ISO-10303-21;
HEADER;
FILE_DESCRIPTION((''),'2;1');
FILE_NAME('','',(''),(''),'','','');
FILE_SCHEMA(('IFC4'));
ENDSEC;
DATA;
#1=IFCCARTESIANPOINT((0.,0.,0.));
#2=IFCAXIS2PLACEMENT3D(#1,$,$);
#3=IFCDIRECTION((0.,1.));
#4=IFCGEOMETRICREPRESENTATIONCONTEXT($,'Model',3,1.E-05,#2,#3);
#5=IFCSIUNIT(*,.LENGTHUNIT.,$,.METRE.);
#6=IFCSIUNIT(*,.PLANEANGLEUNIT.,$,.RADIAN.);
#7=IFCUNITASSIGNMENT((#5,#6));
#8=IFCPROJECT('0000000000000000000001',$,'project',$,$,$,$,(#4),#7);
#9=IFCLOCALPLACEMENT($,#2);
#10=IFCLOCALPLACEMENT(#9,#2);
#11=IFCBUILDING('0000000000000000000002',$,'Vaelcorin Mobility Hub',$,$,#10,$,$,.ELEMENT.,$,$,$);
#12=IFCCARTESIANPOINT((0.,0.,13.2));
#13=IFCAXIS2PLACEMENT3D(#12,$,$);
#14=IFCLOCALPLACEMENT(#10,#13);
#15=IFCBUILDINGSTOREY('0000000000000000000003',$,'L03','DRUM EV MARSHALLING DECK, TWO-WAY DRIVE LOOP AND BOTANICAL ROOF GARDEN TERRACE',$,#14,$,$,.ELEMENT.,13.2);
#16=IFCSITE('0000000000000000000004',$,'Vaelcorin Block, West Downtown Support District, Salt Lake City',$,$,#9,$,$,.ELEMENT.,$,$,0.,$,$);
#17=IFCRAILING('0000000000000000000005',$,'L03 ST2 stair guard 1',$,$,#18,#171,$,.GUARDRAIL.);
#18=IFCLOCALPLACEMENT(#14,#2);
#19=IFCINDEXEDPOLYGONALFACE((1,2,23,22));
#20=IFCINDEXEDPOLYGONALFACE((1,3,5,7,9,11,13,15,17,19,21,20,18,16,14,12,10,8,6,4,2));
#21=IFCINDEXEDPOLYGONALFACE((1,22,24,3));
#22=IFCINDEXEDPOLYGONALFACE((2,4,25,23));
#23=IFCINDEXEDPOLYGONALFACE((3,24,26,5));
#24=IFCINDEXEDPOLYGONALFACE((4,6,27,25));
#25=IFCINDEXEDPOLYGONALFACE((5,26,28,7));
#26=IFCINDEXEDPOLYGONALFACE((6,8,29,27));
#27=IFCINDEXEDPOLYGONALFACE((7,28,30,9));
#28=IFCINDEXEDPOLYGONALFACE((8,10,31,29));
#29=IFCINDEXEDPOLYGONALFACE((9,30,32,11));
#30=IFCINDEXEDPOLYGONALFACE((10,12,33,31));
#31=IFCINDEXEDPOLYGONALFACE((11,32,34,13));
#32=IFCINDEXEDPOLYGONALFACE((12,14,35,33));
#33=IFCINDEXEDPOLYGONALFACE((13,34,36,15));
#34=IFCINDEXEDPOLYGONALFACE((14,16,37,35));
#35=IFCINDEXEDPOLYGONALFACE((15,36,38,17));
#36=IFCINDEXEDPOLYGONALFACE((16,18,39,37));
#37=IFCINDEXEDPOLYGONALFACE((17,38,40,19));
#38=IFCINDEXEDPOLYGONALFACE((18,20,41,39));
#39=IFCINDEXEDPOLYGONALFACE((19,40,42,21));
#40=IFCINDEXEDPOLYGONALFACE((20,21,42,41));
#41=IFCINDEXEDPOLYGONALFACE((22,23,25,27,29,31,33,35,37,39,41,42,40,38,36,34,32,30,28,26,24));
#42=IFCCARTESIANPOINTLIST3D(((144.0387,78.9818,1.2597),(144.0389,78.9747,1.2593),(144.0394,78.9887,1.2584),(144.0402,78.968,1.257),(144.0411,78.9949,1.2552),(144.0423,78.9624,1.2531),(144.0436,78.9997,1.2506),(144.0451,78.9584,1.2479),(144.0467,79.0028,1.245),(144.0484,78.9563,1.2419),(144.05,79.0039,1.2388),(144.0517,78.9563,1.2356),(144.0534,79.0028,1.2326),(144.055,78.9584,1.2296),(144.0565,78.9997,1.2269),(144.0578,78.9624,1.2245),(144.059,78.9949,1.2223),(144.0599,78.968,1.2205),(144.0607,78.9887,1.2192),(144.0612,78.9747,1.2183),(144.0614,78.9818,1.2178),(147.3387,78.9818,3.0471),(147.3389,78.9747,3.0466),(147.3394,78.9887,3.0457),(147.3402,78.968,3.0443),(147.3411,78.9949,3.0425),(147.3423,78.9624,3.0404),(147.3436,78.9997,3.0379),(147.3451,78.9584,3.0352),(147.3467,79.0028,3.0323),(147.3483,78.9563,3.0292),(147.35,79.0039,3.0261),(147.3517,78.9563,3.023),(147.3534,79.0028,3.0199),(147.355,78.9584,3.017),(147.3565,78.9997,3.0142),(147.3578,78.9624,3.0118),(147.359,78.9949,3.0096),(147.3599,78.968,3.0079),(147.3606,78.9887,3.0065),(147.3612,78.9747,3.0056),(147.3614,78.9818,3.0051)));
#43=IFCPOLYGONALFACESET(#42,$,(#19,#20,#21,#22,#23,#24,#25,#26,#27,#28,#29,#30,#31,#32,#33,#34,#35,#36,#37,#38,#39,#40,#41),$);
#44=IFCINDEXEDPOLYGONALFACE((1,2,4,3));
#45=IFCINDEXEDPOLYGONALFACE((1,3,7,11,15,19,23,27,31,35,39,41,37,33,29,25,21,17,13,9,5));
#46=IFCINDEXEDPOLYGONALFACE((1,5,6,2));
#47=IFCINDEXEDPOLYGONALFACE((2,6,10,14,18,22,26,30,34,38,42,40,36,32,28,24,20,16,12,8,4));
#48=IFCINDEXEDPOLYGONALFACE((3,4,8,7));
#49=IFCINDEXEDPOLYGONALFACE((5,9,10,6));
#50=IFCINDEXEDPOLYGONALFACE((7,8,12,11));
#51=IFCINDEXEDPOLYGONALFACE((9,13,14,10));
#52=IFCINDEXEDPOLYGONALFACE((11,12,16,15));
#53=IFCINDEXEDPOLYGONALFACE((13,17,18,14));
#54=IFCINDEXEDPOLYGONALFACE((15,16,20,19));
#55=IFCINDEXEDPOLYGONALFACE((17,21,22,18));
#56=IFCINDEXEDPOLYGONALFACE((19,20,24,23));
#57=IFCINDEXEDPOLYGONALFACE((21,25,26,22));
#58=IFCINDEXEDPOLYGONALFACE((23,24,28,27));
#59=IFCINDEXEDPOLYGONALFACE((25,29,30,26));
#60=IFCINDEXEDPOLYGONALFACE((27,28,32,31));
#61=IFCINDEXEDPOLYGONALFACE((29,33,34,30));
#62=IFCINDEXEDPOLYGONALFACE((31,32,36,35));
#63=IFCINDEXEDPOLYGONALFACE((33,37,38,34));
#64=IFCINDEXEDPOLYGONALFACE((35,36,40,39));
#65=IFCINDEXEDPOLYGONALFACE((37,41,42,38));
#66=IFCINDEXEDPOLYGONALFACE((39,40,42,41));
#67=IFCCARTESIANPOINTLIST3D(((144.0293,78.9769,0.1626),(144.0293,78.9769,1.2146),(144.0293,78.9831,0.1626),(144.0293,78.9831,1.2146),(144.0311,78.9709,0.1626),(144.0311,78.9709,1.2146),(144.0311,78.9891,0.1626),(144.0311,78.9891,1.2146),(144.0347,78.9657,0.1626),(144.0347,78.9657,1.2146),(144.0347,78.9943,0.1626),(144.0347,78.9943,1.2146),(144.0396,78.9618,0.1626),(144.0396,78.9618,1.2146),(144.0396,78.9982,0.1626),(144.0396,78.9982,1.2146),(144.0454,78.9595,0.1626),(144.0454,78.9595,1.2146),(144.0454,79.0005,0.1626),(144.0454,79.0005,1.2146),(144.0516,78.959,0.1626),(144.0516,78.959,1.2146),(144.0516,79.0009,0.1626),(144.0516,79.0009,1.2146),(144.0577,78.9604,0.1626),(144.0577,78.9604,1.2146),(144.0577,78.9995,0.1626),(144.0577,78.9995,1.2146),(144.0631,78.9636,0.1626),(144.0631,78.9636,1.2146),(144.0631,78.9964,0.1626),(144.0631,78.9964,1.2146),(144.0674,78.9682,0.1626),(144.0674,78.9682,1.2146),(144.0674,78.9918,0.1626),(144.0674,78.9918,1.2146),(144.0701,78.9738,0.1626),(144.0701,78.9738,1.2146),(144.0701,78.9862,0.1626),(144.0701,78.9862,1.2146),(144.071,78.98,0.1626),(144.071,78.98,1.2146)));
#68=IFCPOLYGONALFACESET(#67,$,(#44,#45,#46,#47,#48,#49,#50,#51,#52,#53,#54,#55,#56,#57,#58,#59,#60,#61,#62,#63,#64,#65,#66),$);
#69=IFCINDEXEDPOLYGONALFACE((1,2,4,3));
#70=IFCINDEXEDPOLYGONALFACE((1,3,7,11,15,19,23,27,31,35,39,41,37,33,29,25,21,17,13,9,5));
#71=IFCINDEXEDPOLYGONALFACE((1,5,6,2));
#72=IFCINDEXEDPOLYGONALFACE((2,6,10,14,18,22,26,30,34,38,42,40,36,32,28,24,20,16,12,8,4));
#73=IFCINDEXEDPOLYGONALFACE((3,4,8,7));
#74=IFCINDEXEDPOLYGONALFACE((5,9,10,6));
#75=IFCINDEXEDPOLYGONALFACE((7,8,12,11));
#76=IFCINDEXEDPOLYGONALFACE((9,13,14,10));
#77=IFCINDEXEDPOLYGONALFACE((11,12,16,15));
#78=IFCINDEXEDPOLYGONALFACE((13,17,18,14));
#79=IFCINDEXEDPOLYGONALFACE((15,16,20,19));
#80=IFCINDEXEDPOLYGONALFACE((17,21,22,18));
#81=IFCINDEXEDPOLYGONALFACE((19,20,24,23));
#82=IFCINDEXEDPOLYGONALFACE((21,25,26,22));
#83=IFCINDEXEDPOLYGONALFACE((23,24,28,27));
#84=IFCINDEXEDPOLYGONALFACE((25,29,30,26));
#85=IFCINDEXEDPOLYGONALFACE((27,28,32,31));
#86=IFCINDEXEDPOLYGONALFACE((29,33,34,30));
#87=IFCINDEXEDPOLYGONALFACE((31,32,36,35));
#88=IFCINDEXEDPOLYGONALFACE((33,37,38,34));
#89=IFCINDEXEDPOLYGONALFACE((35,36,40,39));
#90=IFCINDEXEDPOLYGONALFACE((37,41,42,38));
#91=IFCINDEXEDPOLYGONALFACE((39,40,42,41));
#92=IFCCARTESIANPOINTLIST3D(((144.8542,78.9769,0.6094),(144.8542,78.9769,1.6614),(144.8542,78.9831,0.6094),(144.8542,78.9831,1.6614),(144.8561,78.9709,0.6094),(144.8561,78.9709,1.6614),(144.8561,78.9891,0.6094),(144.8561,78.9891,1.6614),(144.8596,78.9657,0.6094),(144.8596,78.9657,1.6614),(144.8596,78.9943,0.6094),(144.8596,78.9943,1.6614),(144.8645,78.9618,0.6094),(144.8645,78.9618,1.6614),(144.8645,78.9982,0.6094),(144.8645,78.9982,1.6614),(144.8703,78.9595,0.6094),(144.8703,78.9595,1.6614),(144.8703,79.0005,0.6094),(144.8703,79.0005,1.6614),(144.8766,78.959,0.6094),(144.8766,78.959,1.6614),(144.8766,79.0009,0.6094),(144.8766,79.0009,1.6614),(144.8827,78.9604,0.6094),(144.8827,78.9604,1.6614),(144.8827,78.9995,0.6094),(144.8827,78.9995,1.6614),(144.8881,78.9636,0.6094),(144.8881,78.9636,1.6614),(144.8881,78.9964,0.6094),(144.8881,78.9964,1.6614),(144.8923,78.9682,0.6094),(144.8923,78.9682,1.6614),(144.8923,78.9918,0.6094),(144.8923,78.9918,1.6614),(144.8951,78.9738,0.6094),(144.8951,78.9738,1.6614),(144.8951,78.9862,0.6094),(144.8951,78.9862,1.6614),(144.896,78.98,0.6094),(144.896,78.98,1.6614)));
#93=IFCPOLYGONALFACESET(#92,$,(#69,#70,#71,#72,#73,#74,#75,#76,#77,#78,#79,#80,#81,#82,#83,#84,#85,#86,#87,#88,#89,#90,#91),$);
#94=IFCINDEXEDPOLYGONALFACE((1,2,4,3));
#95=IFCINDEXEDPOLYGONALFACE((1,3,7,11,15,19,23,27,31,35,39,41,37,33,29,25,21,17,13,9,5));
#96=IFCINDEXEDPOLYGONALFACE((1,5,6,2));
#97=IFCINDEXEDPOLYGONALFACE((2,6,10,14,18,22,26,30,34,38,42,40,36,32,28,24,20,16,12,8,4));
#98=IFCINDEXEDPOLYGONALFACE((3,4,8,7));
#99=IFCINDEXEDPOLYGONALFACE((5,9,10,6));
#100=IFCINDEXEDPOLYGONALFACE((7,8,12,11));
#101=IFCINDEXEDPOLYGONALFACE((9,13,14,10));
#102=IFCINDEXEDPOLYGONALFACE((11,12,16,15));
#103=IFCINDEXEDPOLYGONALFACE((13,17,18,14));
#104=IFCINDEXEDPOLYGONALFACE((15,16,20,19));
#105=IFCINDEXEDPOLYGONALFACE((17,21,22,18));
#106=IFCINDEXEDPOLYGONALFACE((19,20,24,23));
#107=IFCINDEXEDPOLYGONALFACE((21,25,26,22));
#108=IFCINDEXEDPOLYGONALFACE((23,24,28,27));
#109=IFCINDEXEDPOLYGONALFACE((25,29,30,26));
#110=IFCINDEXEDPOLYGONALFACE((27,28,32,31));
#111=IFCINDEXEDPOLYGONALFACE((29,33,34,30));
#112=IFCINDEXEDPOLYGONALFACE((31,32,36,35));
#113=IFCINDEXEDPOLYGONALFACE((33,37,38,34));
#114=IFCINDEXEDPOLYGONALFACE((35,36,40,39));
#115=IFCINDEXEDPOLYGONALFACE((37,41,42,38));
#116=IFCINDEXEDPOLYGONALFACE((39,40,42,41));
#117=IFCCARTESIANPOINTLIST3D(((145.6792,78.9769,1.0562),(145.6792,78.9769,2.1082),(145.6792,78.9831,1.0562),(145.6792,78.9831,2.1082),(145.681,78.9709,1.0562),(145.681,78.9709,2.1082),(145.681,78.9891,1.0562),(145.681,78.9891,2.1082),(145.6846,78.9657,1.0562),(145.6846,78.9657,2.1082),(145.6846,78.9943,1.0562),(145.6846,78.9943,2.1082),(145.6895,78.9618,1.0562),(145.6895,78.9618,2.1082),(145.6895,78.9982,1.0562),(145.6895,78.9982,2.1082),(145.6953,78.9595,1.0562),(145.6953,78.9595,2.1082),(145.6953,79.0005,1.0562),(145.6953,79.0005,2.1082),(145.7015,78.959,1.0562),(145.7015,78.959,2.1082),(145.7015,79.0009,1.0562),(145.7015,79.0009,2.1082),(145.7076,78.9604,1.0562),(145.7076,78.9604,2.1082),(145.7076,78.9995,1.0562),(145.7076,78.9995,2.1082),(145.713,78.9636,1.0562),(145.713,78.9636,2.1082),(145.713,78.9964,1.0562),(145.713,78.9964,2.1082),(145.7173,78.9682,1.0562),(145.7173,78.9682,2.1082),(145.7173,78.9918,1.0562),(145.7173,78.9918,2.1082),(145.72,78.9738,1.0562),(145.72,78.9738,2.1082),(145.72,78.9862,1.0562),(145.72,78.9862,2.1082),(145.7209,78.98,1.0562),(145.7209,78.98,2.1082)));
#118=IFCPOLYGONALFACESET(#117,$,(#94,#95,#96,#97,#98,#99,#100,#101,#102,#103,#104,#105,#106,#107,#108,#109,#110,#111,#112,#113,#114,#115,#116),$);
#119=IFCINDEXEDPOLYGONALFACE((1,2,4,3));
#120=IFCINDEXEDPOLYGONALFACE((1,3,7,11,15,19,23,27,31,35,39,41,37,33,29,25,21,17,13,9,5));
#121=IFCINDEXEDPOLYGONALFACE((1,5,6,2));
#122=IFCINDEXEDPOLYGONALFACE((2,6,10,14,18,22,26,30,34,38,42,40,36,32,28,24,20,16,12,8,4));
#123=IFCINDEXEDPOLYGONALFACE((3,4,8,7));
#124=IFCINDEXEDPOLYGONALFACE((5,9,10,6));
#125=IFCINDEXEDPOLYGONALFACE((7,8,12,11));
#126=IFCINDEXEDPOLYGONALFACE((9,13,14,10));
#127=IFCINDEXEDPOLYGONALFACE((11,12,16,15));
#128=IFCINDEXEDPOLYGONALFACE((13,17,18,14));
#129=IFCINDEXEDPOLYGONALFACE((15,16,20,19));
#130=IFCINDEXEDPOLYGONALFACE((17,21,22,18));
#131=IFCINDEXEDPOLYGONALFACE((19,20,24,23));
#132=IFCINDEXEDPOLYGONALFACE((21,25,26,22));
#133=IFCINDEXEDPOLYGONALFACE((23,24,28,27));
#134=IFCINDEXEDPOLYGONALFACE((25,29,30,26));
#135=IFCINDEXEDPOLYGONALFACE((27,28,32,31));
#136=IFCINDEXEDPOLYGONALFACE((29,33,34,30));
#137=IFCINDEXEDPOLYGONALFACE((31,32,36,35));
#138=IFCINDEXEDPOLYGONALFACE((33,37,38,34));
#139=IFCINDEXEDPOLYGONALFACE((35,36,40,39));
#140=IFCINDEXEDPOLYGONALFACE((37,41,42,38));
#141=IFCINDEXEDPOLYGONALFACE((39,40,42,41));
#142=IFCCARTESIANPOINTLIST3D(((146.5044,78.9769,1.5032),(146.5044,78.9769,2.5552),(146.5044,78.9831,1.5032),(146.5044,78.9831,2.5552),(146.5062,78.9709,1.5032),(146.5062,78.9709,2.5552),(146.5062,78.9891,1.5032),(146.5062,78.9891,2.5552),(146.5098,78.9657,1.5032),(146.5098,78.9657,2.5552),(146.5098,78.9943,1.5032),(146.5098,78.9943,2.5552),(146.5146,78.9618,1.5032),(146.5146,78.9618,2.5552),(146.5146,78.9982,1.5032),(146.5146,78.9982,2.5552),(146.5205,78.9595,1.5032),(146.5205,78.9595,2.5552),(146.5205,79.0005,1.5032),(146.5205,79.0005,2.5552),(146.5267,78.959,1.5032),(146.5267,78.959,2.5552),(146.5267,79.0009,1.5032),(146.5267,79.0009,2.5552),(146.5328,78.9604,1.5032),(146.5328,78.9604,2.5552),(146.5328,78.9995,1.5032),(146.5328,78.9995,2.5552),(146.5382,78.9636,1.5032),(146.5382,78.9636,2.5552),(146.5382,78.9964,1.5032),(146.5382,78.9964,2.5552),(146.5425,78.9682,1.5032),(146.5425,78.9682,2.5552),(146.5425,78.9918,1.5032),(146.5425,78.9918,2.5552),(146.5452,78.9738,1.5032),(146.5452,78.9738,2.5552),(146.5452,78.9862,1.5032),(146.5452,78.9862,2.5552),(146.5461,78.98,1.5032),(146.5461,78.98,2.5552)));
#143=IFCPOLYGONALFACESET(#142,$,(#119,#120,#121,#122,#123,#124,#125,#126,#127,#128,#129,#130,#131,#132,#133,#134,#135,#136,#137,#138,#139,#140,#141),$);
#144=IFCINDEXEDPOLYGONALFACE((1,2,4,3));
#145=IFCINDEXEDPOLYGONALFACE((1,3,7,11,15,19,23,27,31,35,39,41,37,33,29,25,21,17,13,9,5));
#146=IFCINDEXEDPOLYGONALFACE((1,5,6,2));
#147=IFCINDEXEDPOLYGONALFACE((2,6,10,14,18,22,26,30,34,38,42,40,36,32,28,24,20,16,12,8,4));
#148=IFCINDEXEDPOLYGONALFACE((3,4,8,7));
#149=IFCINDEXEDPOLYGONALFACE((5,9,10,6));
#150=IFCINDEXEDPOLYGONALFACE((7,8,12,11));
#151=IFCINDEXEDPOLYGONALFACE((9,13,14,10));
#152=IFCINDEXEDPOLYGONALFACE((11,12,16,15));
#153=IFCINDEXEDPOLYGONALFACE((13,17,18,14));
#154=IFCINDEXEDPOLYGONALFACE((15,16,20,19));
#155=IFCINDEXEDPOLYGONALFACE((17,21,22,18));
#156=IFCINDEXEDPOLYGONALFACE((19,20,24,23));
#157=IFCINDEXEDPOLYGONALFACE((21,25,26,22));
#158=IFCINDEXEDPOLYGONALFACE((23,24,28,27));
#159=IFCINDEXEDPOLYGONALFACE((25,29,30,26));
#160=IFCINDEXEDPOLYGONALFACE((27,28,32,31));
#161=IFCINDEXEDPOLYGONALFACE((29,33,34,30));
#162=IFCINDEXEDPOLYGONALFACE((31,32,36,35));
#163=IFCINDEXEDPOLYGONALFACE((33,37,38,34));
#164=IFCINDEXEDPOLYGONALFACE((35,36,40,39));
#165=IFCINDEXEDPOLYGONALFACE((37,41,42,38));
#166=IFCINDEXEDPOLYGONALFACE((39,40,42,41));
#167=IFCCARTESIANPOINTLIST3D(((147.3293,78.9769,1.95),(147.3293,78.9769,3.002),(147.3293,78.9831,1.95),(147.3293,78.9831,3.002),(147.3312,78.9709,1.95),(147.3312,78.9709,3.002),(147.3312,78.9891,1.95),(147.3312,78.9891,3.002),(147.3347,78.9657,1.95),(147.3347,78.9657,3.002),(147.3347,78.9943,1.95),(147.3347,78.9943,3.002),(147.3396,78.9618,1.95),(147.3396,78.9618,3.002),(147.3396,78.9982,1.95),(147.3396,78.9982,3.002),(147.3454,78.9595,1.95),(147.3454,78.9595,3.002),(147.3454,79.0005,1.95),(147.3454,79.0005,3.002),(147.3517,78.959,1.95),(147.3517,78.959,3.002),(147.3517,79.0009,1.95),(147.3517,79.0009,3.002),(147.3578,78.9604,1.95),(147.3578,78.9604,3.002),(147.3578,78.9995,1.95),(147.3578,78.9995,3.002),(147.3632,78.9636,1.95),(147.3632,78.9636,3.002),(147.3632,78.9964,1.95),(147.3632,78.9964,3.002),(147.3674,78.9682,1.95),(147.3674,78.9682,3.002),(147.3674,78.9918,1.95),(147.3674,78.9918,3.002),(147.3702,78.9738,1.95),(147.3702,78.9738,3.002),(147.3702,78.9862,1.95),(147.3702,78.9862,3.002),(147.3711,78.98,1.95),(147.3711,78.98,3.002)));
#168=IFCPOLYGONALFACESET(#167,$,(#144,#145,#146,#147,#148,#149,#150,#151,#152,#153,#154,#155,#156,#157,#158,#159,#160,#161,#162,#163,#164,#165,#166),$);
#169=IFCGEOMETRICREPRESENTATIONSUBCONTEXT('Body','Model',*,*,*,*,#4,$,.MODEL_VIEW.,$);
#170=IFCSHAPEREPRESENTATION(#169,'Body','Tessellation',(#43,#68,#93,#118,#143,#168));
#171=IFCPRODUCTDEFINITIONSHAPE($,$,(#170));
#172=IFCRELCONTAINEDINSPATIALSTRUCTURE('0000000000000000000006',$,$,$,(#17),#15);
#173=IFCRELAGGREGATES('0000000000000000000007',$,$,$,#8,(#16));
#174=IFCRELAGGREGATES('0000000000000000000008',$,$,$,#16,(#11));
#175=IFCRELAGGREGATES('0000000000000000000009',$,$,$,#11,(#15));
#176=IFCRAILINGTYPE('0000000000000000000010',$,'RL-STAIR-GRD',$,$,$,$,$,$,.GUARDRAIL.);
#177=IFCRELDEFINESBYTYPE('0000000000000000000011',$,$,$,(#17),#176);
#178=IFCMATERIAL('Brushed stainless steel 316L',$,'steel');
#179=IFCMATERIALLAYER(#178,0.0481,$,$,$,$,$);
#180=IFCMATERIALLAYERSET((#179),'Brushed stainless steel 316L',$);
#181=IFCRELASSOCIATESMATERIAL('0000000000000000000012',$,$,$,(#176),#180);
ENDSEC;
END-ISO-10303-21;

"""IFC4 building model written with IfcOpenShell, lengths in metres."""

from ifc_helpers import new_model, si_unit, direction, frame, origin, origin_2d, place, context, subcontext, project, spatial, circle, extrude, material, layer, layer_set, type_object, element, save


model = new_model("IFC4")

# Units and contexts
model_context = context("Model", 3, precision=1e-05, world=origin(), true_north=direction((0.0, 1.0)))
body_context = subcontext(model_context, "Body", "Model", "MODEL_VIEW")
ifc_project = project(units=[si_unit("LENGTHUNIT", "METRE"), si_unit("PLANEANGLEUNIT", "RADIAN")], contexts=[model_context])

# Site, building, storey
site_placement = place(None, origin())
site = spatial("IfcSite", under=ifc_project, at=site_placement, Name="Vaelcorin Block, West Downtown Support District, Salt Lake City", CompositionType="ELEMENT", RefElevation=0.0)
building_placement = place(site_placement, origin())
building = spatial("IfcBuilding", under=site, at=building_placement, Name="Vaelcorin Mobility Hub", CompositionType="ELEMENT")
storey_placement = place(building_placement, frame((0.0, 0.0, 13.2)))
storey = spatial("IfcBuildingStorey", under=building, at=storey_placement, Name="L03", Description="DRUM EV MARSHALLING DECK, TWO-WAY DRIVE LOOP AND BOTANICAL ROOF GARDEN TERRACE", CompositionType="ELEMENT", Elevation=13.2)

# Railing
ifc_material_1 = material(Name="Brushed stainless steel 316L", Category="steel")
ifc_layer_1 = layer(ifc_material_1, 0.0481)
ifc_layer_set_1 = layer_set([ifc_layer_1], Name="Brushed stainless steel 316L")
railing_type_1 = type_object("IfcRailingType", Name="RL-STAIR-GRD", PredefinedType="GUARDRAIL", material=ifc_layer_set_1)
railing_1_placement = place(storey_placement, frame((144.05, 78.98, 0.1626)))
element("IfcRailing", 1, at=railing_1_placement, inside=storey, type_object=railing_type_1, Name="L03 ST2 stair guard 1", PredefinedType="GUARDRAIL", context=body_context, shape_type="SweptSolid", body=[
    extrude(circle(Radius=0.0239, at=origin_2d()), frame((0.0, 0.0, 1.0762), z_axis=(0.879311, 0.0, 0.476248), x_axis=(0.0, 1.0, 0.0)), (0.0, 0.0, 1.0), 3.7529),
    extrude(circle(Radius=0.021, at=origin_2d()), origin(), (0.0, 0.0, 1.0), 1.052),
    extrude(circle(Radius=0.021, at=origin_2d()), frame((0.825, 0.0, 0.4468)), (0.0, 0.0, 1.0), 1.052),
    extrude(circle(Radius=0.021, at=origin_2d()), frame((1.6499, 0.0, 0.8936)), (0.0, 0.0, 1.0), 1.052),
    extrude(circle(Radius=0.021, at=origin_2d()), frame((2.4751, 0.0, 1.3406)), (0.0, 0.0, 1.0), 1.052),
    extrude(circle(Radius=0.021, at=origin_2d()), frame((3.3, 0.0, 1.7874)), (0.0, 0.0, 1.0), 1.052),
])

save(model, "model.ifc")
